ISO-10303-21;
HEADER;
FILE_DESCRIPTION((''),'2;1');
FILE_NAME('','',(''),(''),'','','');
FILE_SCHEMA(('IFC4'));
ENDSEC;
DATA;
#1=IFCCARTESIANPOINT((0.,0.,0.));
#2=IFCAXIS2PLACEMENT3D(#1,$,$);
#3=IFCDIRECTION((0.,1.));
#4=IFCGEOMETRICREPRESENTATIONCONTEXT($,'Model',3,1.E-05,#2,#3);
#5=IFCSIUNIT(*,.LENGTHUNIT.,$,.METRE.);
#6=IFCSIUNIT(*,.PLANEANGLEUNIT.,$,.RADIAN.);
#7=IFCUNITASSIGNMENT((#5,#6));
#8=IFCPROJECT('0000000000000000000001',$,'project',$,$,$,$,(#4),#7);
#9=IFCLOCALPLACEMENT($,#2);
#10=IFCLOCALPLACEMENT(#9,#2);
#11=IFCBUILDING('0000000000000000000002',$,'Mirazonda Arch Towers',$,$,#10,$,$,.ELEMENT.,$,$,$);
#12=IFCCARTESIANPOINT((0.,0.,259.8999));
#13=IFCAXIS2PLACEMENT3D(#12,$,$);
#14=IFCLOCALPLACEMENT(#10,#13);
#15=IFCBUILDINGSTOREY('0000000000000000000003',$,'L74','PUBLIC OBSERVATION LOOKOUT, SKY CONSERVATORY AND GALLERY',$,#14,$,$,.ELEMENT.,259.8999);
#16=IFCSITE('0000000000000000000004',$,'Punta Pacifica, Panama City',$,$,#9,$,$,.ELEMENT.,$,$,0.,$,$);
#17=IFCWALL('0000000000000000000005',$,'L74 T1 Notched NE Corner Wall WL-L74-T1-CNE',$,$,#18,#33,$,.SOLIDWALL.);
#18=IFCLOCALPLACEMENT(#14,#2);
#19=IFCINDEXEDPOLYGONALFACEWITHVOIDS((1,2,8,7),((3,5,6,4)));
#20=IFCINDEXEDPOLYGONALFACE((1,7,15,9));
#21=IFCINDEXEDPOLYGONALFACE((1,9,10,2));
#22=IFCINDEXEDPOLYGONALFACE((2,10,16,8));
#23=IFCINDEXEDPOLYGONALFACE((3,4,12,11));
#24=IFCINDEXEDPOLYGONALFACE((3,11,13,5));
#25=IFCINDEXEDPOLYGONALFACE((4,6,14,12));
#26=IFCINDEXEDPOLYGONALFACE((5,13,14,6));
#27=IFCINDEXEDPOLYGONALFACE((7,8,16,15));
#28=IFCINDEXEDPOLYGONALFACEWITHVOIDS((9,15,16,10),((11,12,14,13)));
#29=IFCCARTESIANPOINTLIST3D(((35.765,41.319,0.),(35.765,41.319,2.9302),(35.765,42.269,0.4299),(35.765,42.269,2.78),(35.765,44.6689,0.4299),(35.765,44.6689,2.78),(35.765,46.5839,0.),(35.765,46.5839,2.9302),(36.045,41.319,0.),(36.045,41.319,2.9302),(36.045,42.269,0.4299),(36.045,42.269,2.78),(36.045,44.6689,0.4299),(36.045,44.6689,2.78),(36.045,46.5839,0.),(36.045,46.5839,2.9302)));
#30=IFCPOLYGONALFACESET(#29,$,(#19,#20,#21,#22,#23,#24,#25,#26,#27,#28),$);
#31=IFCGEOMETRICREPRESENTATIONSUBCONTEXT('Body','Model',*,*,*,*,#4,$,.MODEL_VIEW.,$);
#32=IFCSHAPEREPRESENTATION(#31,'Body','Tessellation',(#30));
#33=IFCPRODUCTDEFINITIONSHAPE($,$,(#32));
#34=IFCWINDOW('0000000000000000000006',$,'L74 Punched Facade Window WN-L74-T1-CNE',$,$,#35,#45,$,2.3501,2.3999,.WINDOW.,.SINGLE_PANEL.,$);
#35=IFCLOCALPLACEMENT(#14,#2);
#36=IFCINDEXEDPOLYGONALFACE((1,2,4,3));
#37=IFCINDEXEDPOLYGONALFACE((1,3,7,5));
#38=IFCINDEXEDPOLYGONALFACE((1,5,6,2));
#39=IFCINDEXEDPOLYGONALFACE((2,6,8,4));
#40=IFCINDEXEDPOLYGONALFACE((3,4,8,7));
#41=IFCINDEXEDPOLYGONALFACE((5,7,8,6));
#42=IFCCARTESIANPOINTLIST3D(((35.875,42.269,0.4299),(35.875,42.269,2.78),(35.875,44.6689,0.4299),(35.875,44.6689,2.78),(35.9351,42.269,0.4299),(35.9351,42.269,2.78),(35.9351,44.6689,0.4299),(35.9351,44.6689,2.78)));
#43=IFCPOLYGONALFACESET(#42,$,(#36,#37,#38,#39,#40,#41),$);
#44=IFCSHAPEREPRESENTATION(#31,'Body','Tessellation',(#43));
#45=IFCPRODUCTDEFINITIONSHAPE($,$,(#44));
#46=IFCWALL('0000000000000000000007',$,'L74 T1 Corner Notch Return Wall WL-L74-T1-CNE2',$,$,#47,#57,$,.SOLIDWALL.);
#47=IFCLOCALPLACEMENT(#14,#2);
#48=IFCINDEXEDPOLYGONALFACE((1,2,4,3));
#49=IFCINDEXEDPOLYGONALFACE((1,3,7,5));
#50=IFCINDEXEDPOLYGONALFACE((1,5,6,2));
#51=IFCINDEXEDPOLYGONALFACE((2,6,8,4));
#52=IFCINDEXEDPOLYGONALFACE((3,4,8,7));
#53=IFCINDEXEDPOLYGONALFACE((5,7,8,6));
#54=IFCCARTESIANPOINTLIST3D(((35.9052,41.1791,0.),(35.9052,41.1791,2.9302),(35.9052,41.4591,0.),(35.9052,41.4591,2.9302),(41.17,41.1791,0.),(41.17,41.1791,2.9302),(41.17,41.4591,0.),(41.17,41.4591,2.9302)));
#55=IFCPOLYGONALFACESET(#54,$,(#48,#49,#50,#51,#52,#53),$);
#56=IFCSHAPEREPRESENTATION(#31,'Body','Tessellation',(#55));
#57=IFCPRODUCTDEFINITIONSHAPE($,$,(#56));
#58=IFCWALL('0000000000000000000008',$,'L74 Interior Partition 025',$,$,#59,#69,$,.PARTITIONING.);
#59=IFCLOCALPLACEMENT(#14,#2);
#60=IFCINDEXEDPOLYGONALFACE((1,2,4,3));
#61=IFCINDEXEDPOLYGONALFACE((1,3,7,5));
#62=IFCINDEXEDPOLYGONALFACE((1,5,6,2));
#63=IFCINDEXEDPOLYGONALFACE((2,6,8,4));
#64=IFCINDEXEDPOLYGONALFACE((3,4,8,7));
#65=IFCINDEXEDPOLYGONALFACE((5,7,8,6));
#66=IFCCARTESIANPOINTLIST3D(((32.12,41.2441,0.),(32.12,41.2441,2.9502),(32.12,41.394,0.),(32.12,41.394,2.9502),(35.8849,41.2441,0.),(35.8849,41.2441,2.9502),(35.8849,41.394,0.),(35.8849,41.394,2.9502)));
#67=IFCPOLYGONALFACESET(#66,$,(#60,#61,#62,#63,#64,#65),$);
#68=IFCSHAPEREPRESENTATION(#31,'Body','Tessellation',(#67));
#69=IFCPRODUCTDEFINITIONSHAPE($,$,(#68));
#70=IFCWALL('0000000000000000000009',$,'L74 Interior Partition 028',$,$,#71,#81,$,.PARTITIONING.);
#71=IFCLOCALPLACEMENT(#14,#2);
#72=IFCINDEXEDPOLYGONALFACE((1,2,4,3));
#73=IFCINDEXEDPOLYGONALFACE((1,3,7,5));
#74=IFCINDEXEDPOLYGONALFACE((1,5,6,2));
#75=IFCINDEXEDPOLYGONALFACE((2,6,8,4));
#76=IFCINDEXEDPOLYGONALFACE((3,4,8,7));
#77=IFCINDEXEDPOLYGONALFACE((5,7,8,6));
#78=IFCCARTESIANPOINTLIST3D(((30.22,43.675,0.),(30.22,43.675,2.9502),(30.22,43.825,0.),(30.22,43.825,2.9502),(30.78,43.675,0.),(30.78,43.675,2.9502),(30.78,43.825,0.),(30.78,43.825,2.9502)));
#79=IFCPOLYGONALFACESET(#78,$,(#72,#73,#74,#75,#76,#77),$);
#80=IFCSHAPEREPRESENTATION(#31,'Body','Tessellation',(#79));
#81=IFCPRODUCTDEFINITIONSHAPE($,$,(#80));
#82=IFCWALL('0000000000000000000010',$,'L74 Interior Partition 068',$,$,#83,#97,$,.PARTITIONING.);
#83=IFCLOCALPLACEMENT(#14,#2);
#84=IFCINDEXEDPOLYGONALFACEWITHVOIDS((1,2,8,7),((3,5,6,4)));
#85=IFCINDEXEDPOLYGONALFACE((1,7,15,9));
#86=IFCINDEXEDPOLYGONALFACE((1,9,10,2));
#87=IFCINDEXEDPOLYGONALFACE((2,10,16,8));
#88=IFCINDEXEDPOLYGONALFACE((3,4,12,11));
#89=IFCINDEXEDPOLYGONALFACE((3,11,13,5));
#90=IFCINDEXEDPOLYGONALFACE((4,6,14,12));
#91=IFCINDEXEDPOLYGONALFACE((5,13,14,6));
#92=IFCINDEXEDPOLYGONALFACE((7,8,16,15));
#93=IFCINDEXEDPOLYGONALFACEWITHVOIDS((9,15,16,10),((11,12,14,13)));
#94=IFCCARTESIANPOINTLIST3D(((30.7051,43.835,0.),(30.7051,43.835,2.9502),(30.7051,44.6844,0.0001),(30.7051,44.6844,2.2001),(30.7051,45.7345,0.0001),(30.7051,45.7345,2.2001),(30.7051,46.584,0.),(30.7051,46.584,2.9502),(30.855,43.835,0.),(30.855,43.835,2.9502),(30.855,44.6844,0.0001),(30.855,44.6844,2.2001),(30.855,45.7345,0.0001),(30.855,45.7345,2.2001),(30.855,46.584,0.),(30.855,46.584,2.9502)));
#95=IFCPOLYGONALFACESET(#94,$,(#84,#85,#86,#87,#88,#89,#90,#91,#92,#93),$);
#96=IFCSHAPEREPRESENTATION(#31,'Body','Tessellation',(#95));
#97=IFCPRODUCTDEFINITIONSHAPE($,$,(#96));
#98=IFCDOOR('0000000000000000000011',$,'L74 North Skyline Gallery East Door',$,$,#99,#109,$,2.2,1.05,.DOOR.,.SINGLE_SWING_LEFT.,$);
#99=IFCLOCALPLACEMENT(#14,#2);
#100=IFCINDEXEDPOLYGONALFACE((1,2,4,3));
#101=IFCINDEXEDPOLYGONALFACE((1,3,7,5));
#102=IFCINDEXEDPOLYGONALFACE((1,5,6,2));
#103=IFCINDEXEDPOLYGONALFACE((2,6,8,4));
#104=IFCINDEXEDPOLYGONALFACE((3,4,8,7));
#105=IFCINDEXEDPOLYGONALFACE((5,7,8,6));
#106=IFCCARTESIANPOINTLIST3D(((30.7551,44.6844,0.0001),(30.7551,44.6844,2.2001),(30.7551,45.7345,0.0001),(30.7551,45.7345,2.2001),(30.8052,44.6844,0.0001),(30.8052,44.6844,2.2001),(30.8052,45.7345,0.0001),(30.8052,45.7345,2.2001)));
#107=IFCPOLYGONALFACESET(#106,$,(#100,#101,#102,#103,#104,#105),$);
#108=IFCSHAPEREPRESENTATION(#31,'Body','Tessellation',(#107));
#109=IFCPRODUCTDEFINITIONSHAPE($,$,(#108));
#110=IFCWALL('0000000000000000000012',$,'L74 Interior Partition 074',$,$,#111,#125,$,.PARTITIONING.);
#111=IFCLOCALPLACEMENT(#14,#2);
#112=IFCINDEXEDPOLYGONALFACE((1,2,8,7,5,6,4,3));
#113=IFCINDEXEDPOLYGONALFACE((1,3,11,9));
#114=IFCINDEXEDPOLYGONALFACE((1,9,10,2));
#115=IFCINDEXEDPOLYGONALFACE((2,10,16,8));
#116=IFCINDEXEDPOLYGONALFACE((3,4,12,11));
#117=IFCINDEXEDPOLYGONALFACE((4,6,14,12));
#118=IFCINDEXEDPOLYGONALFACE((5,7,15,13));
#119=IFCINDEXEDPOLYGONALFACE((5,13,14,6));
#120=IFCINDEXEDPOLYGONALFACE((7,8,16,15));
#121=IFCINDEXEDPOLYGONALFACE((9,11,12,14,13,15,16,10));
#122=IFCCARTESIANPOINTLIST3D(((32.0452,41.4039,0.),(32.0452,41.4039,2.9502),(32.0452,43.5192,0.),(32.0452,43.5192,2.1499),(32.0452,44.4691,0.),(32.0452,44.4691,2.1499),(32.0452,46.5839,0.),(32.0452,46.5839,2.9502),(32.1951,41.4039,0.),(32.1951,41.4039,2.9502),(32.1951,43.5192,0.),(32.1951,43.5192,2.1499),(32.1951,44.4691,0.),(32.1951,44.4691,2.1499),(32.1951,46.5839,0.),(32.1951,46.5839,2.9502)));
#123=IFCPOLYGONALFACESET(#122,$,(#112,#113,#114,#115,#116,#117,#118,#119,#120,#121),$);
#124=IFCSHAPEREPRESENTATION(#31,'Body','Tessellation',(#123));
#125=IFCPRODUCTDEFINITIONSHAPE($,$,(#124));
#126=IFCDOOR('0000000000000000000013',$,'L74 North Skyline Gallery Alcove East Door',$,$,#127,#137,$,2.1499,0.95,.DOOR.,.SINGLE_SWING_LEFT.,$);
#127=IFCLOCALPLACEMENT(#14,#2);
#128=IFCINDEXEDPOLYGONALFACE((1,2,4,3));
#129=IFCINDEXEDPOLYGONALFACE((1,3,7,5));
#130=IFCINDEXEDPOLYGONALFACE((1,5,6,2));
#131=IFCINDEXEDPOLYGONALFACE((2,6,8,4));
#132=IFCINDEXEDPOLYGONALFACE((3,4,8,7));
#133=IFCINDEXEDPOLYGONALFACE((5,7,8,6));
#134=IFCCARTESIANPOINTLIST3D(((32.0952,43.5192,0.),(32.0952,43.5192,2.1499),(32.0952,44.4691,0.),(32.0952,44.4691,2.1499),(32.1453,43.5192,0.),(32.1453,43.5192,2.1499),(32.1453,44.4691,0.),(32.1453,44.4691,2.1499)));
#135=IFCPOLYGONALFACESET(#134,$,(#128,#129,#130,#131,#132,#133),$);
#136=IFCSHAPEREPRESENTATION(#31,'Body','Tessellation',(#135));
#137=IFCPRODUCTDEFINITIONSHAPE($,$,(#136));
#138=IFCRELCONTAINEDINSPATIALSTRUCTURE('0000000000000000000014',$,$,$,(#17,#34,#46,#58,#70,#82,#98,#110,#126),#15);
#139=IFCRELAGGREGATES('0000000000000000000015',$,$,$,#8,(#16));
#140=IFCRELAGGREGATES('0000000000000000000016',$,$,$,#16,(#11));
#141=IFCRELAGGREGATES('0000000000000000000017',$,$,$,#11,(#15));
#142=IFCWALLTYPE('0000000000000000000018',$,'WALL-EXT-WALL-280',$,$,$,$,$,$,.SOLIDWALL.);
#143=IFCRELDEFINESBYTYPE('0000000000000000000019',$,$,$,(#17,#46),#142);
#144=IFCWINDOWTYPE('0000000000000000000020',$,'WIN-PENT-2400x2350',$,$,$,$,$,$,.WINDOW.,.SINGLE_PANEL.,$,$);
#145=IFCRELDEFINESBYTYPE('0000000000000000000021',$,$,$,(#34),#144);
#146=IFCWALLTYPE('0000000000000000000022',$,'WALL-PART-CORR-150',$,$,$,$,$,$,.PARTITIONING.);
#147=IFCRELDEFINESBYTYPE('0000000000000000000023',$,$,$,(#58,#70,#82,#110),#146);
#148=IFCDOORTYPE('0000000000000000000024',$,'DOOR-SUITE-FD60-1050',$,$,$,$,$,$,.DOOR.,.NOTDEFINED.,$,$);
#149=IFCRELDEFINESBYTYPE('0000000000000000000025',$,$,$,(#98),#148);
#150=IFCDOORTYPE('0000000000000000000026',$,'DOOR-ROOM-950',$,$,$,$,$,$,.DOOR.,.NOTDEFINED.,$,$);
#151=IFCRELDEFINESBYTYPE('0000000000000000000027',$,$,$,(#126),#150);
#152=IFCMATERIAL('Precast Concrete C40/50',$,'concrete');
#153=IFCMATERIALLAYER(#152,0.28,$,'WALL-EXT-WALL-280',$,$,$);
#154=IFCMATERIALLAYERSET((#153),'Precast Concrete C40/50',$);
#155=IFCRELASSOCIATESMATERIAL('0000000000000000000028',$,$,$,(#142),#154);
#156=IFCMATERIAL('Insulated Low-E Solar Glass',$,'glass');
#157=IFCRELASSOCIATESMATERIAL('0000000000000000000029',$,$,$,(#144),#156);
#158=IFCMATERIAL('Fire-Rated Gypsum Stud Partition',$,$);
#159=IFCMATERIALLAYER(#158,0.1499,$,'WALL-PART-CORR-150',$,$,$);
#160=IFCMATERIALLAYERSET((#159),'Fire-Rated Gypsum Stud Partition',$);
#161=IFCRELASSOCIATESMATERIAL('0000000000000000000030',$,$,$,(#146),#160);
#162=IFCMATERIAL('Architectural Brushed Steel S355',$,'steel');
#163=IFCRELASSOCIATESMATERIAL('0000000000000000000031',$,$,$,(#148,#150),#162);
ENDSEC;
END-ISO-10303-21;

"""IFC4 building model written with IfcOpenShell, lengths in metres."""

from ifc_helpers import new_model, si_unit, direction, frame, frame_2d, origin, place, context, subcontext, project, spatial, rectangle, extrude, material, layer, layer_set, type_object, element, fill, save


model = new_model("IFC4")

# Units and contexts
model_context = context("Model", 3, precision=1e-05, world=origin(), true_north=direction((0.0, 1.0)))
body_context = subcontext(model_context, "Body", "Model", "MODEL_VIEW")
ifc_project = project(units=[si_unit("LENGTHUNIT", "METRE"), si_unit("PLANEANGLEUNIT", "RADIAN")], contexts=[model_context])

# Site, building, storey
site_placement = place(None, origin())
site = spatial("IfcSite", under=ifc_project, at=site_placement, Name="Punta Pacifica, Panama City", CompositionType="ELEMENT", RefElevation=0.0)
building_placement = place(site_placement, origin())
building = spatial("IfcBuilding", under=site, at=building_placement, Name="Mirazonda Arch Towers", CompositionType="ELEMENT")
storey_placement = place(building_placement, frame((0.0, 0.0, 259.8999)))
storey = spatial("IfcBuildingStorey", under=building, at=storey_placement, Name="L74", Description="PUBLIC OBSERVATION LOOKOUT, SKY CONSERVATORY AND GALLERY", CompositionType="ELEMENT", Elevation=259.8999)

# Shared definitions
ifc_material_1 = material(Name="Insulated Low-E Solar Glass", Category="glass")

# Wall, opening, window
ifc_material_2 = material(Name="Precast Concrete C40/50", Category="concrete")
ifc_layer_1 = layer(ifc_material_2, 0.28, Name="WALL-EXT-WALL-280")
ifc_layer_set_1 = layer_set([ifc_layer_1], Name="Precast Concrete C40/50")
wall_type_1 = type_object("IfcWallType", Name="WALL-EXT-WALL-280", PredefinedType="SOLIDWALL", material=ifc_layer_set_1)
wall_1_placement = place(storey_placement, frame((35.905, 41.3191, 0.0), z_axis=(0.0, 0.0, 1.0), x_axis=(0.0, 1.0, 0.0)))
wall_1 = element("IfcWall", 1, at=wall_1_placement, inside=storey, type_object=wall_type_1, Name="L74 T1 Notched NE Corner Wall WL-L74-T1-CNE", PredefinedType="SOLIDWALL", context=body_context, shape_type="SweptSolid", body=[
    extrude(rectangle(XDim=5.2649, YDim=0.28, at=frame_2d((2.6323, 0.0))), origin(), (0.0, 0.0, 1.0), 2.9302),
])
opening_1_placement = place(wall_1_placement, frame((0.95, 0.0, 0.4299)))
opening_1 = element("IfcOpeningElement", 2, at=opening_1_placement, cuts=wall_1, PredefinedType="OPENING", context=body_context, shape_type="SweptSolid", body=[
    extrude(rectangle(XDim=2.3999, YDim=2.3501, at=frame_2d((1.2, 1.175))), frame((0.0, 0.1499, 0.0), z_axis=(0.0, -1.0, 0.0), x_axis=(1.0, 0.0, 0.0)), (0.0, 0.0, 1.0), 0.3),
])
window_type = type_object("IfcWindowType", Name="WIN-PENT-2400x2350", PartitioningType="SINGLE_PANEL", PredefinedType="WINDOW", material=ifc_material_1)
window_placement = place(opening_1_placement, origin())
window = element("IfcWindow", 3, at=window_placement, inside=storey, type_object=window_type, Name="L74 Punched Facade Window WN-L74-T1-CNE", OverallHeight=2.3501, OverallWidth=2.3999, PartitioningType="SINGLE_PANEL", PredefinedType="WINDOW", context=body_context, shape_type="SweptSolid", body=[
    extrude(rectangle(XDim=2.3999, YDim=2.3501, at=frame_2d((1.2, 1.175))), frame((0.0, 0.03, 0.0), z_axis=(0.0, -1.0, 0.0), x_axis=(1.0, 0.0, 0.0)), (0.0, 0.0, 1.0), 0.0601),
])
fill(opening_1, window)

# Walls
wall_2_placement = place(storey_placement, frame((41.1699, 41.3191, 0.0), z_axis=(0.0, 0.0, 1.0), x_axis=(-1.0, 0.0, 0.0)))
element("IfcWall", 4, at=wall_2_placement, inside=storey, type_object=wall_type_1, Name="L74 T1 Corner Notch Return Wall WL-L74-T1-CNE2", PredefinedType="SOLIDWALL", context=body_context, shape_type="SweptSolid", body=[
    extrude(rectangle(XDim=5.2649, YDim=0.28, at=frame_2d((2.6323, 0.0))), origin(), (0.0, 0.0, 1.0), 2.9302),
])
ifc_material_3 = material(Name="Fire-Rated Gypsum Stud Partition")
ifc_layer_2 = layer(ifc_material_3, 0.1499, Name="WALL-PART-CORR-150")
ifc_layer_set_2 = layer_set([ifc_layer_2], Name="Fire-Rated Gypsum Stud Partition")
wall_type_2 = type_object("IfcWallType", Name="WALL-PART-CORR-150", PredefinedType="PARTITIONING", material=ifc_layer_set_2)
wall_3_placement = place(storey_placement, frame((32.1201, 41.3191, 0.0), z_axis=(0.0, 0.0, 1.0), x_axis=(1.0, 0.0, 0.0)))
element("IfcWall", 5, at=wall_3_placement, inside=storey, type_object=wall_type_2, Name="L74 Interior Partition 025", PredefinedType="PARTITIONING", context=body_context, shape_type="SweptSolid", body=[
    extrude(rectangle(XDim=3.7649, YDim=0.1499, at=frame_2d((1.8823, 0.0))), origin(), (0.0, 0.0, 1.0), 2.9502),
])
wall_4_placement = place(storey_placement, frame((30.22, 43.75, 0.0), z_axis=(0.0, 0.0, 1.0), x_axis=(1.0, 0.0, 0.0)))
element("IfcWall", 6, at=wall_4_placement, inside=storey, type_object=wall_type_2, Name="L74 Interior Partition 028", PredefinedType="PARTITIONING", context=body_context, shape_type="SweptSolid", body=[
    extrude(rectangle(XDim=0.5601, YDim=0.1499, at=frame_2d((0.28, 0.0))), origin(), (0.0, 0.0, 1.0), 2.9502),
])

# Walls, openings, doors
wall_5_placement = place(storey_placement, frame((30.78, 43.835, 0.0), z_axis=(0.0, 0.0, 1.0), x_axis=(0.0, 1.0, 0.0)))
wall_5 = element("IfcWall", 7, at=wall_5_placement, inside=storey, type_object=wall_type_2, Name="L74 Interior Partition 068", PredefinedType="PARTITIONING", context=body_context, shape_type="SweptSolid", body=[
    extrude(rectangle(XDim=2.749, YDim=0.1499, at=frame_2d((1.3745, 0.0))), origin(), (0.0, 0.0, 1.0), 2.9502),
])
opening_2_placement = place(wall_5_placement, frame((0.8496, 0.0, 0.0)))
opening_2 = element("IfcOpeningElement", 8, at=opening_2_placement, cuts=wall_5, PredefinedType="OPENING", context=body_context, shape_type="SweptSolid", body=[
    extrude(rectangle(XDim=1.05, YDim=2.2, at=frame_2d((0.5249, 1.1001))), frame((0.0, 0.085, 0.0), z_axis=(0.0, -1.0, 0.0), x_axis=(1.0, 0.0, 0.0)), (0.0, 0.0, 1.0), 0.1699),
])
ifc_material_4 = material(Name="Architectural Brushed Steel S355", Category="steel")
door_type_1 = type_object("IfcDoorType", Name="DOOR-SUITE-FD60-1050", OperationType="NOTDEFINED", PredefinedType="DOOR", material=ifc_material_4)
door_1_placement = place(opening_2_placement, origin())
door_1 = element("IfcDoor", 9, at=door_1_placement, inside=storey, type_object=door_type_1, Name="L74 North Skyline Gallery East Door", OperationType="SINGLE_SWING_LEFT", OverallHeight=2.2, OverallWidth=1.05, PredefinedType="DOOR", context=body_context, shape_type="SweptSolid", body=[
    extrude(rectangle(XDim=1.05, YDim=2.2, at=frame_2d((0.5249, 1.1001))), frame((0.0, 0.0249, 0.0), z_axis=(0.0, -1.0, 0.0), x_axis=(1.0, 0.0, 0.0)), (0.0, 0.0, 1.0), 0.05),
])
fill(opening_2, door_1)
wall_6_placement = place(storey_placement, frame((32.1201, 41.4041, 0.0), z_axis=(0.0, 0.0, 1.0), x_axis=(0.0, 1.0, 0.0)))
wall_6 = element("IfcWall", 10, at=wall_6_placement, inside=storey, type_object=wall_type_2, Name="L74 Interior Partition 074", PredefinedType="PARTITIONING", context=body_context, shape_type="SweptSolid", body=[
    extrude(rectangle(XDim=5.1799, YDim=0.1499, at=frame_2d((2.5898, 0.0))), origin(), (0.0, 0.0, 1.0), 2.9502),
])
opening_3_placement = place(wall_6_placement, frame((2.115, 0.0, 0.0)))
opening_3 = element("IfcOpeningElement", 11, at=opening_3_placement, cuts=wall_6, PredefinedType="OPENING", context=body_context, shape_type="SweptSolid", body=[
    extrude(rectangle(XDim=0.95, YDim=2.1499, at=frame_2d((0.4751, 1.075))), frame((0.0, 0.085, 0.0), z_axis=(0.0, -1.0, 0.0), x_axis=(1.0, 0.0, 0.0)), (0.0, 0.0, 1.0), 0.1699),
])
door_type_2 = type_object("IfcDoorType", Name="DOOR-ROOM-950", OperationType="NOTDEFINED", PredefinedType="DOOR", material=ifc_material_4)
door_2_placement = place(opening_3_placement, origin())
door_2 = element("IfcDoor", 12, at=door_2_placement, inside=storey, type_object=door_type_2, Name="L74 North Skyline Gallery Alcove East Door", OperationType="SINGLE_SWING_LEFT", OverallHeight=2.1499, OverallWidth=0.95, PredefinedType="DOOR", context=body_context, shape_type="SweptSolid", body=[
    extrude(rectangle(XDim=0.95, YDim=2.1499, at=frame_2d((0.4751, 1.075))), frame((0.0, 0.0249, 0.0), z_axis=(0.0, -1.0, 0.0), x_axis=(1.0, 0.0, 0.0)), (0.0, 0.0, 1.0), 0.05),
])
fill(opening_3, door_2)

save(model, "model.ifc")
